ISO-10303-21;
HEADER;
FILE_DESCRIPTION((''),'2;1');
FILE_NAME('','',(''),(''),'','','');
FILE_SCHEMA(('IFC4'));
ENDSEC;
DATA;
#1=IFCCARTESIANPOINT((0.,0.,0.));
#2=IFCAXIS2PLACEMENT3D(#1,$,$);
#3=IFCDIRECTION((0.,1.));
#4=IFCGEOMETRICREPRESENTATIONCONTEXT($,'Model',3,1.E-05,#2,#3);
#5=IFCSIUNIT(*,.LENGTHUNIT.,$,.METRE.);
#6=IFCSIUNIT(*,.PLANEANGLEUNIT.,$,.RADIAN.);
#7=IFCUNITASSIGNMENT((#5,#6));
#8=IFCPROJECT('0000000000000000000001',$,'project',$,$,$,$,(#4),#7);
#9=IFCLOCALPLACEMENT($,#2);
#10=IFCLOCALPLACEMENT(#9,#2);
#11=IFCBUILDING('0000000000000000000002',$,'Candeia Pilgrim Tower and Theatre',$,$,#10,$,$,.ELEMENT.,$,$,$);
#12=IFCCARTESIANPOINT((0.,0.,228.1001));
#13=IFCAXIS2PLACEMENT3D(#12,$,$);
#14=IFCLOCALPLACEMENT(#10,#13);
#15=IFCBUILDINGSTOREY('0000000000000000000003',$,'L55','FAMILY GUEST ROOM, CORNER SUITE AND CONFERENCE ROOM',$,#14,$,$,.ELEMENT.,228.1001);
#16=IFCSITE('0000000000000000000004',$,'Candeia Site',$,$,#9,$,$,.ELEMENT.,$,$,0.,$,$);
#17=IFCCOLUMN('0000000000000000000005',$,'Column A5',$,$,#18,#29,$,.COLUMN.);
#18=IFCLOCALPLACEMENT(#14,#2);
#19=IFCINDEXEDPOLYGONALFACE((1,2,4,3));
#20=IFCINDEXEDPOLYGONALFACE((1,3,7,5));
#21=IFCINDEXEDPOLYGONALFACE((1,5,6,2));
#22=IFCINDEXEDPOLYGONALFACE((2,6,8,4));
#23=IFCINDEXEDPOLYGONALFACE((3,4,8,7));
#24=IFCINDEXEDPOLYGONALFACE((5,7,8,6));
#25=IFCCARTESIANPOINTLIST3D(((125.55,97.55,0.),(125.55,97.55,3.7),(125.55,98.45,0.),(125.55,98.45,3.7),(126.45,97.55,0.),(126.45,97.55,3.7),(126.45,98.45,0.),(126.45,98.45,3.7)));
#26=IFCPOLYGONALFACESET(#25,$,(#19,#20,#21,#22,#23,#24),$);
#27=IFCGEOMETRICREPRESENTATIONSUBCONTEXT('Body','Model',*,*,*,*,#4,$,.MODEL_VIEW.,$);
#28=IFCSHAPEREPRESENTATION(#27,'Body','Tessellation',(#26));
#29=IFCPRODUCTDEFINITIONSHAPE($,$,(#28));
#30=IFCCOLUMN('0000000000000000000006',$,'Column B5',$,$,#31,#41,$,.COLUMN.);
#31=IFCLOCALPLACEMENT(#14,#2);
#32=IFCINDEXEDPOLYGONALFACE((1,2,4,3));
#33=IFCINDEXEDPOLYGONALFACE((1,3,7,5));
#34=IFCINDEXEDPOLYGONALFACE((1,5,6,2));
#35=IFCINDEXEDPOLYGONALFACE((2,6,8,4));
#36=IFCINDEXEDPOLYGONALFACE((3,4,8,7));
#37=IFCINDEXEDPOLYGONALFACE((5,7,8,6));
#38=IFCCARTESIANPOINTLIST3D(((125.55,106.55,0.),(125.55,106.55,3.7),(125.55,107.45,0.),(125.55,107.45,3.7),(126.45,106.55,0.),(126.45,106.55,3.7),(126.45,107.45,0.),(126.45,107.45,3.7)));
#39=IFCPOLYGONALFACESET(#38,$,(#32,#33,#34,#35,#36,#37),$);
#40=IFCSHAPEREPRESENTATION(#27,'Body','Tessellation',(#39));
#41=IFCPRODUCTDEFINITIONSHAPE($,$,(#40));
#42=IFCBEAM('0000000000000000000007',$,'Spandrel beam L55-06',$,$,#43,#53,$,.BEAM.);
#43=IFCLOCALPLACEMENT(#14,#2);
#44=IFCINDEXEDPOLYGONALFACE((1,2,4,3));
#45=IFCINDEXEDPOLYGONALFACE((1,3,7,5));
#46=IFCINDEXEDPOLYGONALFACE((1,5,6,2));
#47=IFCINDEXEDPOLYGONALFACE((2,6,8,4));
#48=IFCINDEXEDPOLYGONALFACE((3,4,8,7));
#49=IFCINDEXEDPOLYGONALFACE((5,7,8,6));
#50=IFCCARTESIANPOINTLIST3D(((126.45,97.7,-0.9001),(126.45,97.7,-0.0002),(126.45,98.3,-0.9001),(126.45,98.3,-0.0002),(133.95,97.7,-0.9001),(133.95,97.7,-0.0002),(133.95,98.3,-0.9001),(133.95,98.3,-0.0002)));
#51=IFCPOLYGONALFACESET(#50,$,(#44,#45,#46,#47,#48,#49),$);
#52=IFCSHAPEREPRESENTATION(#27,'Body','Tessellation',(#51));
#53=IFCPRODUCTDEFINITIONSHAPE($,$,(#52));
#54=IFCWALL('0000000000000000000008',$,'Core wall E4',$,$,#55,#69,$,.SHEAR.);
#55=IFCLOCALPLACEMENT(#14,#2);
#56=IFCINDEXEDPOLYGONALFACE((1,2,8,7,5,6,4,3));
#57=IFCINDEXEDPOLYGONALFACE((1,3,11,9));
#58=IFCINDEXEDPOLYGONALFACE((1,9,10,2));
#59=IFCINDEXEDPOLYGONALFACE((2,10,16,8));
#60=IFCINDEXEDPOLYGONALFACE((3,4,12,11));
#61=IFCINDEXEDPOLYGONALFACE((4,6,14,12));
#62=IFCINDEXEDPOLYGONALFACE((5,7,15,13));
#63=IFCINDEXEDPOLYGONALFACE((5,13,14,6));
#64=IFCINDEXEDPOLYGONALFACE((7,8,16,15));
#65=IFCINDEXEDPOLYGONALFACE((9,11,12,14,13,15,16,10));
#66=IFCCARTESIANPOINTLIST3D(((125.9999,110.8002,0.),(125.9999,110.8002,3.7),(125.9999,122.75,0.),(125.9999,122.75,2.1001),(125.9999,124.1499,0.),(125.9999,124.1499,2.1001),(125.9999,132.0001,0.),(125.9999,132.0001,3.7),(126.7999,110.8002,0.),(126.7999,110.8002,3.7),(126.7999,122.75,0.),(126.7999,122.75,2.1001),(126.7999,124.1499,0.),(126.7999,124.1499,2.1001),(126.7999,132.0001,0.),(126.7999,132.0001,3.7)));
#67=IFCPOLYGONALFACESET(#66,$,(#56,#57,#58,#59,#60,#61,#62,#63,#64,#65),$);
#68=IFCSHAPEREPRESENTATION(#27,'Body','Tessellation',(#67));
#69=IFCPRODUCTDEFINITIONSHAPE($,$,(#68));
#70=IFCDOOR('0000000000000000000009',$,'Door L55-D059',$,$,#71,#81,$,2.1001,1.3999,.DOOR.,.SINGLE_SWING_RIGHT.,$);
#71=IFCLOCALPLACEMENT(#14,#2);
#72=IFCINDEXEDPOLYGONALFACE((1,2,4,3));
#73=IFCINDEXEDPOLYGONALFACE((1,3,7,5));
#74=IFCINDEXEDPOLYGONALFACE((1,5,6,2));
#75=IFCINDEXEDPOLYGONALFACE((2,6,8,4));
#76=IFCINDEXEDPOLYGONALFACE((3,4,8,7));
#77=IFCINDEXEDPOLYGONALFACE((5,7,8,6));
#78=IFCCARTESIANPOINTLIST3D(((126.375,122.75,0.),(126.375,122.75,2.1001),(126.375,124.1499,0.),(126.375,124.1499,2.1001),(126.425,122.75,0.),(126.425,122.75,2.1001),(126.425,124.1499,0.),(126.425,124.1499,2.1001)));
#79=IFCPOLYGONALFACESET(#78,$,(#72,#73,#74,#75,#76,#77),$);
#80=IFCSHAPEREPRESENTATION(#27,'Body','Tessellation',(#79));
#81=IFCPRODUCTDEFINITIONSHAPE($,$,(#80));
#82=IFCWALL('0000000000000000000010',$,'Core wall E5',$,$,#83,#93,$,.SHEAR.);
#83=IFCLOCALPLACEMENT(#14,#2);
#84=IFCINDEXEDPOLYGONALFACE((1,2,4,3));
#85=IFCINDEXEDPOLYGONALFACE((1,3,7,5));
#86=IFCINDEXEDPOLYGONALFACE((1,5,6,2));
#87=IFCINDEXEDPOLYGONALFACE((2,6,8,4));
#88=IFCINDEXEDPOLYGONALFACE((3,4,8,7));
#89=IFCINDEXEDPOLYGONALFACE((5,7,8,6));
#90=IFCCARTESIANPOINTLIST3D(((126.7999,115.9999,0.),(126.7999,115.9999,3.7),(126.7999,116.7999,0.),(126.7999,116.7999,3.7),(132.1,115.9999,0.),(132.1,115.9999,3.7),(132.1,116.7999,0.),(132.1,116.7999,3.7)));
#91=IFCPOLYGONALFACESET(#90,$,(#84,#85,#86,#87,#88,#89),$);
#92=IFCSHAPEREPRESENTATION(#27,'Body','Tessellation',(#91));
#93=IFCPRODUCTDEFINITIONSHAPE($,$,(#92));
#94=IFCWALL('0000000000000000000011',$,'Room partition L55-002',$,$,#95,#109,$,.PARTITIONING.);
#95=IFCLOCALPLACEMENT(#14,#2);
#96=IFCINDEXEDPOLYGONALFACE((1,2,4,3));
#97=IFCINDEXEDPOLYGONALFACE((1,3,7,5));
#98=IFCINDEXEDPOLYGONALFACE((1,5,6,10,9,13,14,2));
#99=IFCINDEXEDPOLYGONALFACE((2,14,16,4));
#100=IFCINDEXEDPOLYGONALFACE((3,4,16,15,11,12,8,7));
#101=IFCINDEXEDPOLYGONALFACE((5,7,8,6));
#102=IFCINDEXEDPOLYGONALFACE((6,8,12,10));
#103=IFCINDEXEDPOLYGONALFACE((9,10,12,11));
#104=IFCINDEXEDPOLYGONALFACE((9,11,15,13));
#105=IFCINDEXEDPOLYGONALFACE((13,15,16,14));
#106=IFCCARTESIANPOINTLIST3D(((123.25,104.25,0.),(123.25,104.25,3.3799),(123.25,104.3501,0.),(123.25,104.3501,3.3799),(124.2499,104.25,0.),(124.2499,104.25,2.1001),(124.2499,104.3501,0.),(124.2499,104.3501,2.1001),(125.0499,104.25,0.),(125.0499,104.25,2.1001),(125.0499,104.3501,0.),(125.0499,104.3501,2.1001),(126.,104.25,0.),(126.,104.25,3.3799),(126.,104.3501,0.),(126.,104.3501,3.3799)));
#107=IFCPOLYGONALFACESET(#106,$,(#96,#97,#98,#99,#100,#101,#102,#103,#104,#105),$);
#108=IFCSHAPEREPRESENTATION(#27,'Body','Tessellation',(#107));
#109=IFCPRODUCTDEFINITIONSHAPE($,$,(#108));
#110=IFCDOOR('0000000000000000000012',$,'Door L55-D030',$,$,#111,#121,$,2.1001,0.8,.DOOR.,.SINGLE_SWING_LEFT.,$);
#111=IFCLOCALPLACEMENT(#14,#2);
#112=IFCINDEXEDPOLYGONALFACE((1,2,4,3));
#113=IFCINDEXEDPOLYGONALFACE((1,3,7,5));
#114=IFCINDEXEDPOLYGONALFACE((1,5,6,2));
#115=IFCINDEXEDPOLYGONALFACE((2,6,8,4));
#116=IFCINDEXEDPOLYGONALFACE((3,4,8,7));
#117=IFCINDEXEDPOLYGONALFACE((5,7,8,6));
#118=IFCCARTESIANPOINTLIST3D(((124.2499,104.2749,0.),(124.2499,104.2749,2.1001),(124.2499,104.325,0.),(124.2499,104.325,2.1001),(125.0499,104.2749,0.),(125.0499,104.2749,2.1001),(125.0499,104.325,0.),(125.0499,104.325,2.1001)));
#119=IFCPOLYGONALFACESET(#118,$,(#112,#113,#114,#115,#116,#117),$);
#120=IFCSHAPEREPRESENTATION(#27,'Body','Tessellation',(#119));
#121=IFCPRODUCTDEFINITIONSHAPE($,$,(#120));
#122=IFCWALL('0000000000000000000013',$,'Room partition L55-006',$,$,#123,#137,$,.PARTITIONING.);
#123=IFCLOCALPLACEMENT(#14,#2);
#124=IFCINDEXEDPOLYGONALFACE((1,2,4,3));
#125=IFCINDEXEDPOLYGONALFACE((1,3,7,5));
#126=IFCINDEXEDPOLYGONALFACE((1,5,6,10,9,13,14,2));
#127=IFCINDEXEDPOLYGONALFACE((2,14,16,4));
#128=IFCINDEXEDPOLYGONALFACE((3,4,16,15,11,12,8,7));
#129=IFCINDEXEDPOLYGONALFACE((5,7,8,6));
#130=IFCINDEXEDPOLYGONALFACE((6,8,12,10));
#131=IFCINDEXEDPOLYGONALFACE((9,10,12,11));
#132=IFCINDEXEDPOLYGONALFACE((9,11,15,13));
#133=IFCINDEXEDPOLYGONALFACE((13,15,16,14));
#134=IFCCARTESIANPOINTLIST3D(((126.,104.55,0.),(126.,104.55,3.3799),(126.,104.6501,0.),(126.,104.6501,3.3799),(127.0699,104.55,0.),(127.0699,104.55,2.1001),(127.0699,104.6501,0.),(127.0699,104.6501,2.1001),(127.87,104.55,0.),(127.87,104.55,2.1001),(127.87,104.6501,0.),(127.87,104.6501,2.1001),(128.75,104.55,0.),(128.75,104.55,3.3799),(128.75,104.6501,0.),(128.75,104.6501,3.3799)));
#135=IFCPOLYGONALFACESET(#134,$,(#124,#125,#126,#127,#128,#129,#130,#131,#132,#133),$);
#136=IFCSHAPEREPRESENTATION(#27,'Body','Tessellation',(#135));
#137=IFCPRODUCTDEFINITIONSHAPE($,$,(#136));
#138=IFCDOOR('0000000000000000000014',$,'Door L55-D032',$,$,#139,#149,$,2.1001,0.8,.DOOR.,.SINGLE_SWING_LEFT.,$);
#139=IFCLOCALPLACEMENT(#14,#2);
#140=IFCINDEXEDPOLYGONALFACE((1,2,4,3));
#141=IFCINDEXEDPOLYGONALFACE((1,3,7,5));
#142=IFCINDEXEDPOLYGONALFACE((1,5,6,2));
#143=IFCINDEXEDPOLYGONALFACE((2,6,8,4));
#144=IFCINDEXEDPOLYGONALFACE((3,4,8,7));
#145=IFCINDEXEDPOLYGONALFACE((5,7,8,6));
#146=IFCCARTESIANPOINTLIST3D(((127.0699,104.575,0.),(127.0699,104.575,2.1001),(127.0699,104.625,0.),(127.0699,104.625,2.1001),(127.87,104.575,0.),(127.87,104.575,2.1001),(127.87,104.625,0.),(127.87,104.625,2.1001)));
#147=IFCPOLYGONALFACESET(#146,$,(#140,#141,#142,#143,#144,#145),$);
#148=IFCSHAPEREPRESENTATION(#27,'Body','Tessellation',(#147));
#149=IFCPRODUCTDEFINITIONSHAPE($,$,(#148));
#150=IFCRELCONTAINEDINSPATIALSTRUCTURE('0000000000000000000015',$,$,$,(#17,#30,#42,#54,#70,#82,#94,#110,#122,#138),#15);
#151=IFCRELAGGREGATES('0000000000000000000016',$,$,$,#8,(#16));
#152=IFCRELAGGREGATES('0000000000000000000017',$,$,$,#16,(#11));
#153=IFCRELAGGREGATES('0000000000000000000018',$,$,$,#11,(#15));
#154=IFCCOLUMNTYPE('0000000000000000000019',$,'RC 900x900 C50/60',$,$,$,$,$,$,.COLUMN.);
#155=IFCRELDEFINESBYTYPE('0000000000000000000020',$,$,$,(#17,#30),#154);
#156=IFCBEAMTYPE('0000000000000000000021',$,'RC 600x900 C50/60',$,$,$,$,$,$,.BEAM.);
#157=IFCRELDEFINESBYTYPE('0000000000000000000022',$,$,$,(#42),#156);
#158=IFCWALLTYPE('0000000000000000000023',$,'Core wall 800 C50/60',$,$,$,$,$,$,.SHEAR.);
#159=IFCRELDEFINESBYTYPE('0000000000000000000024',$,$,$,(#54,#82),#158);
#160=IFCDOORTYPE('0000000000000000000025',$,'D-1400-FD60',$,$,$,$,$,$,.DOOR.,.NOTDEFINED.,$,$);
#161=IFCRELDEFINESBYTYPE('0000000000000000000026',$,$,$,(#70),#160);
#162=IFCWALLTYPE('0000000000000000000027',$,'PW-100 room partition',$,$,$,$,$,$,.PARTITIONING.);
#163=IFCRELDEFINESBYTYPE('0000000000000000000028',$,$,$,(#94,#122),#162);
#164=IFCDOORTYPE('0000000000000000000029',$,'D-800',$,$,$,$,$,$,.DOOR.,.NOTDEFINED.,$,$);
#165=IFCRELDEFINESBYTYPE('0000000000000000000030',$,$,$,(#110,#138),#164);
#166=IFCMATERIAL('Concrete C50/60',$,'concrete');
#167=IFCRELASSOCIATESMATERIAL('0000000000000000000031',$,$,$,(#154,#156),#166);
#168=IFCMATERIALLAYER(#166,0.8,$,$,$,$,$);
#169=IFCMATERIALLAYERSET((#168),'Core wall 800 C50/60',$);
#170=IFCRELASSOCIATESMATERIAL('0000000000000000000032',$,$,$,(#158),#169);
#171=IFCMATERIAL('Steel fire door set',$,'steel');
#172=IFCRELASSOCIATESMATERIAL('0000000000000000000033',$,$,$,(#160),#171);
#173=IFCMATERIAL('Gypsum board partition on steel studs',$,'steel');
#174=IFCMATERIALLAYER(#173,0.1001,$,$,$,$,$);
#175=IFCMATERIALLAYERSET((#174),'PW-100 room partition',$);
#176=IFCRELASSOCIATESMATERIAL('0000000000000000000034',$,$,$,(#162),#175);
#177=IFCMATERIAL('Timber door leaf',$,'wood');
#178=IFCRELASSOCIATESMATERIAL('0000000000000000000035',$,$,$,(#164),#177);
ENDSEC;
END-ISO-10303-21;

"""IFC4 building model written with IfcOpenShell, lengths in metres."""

from ifc_helpers import new_model, si_unit, direction, frame, frame_2d, origin, origin_2d, place, context, subcontext, project, spatial, rectangle, extrude, material, layer, layer_set, material_profile, profile_set, type_object, element, fill, save


model = new_model("IFC4")

# Units and contexts
model_context = context("Model", 3, precision=1e-05, world=origin(), true_north=direction((0.0, 1.0)))
body_context = subcontext(model_context, "Body", "Model", "MODEL_VIEW")
ifc_project = project(units=[si_unit("LENGTHUNIT", "METRE"), si_unit("PLANEANGLEUNIT", "RADIAN")], contexts=[model_context])

# Site, building, storey
site_placement = place(None, origin())
site = spatial("IfcSite", under=ifc_project, at=site_placement, Name="Candeia Site", CompositionType="ELEMENT", RefElevation=0.0)
building_placement = place(site_placement, origin())
building = spatial("IfcBuilding", under=site, at=building_placement, Name="Candeia Pilgrim Tower and Theatre", CompositionType="ELEMENT")
storey_placement = place(building_placement, frame((0.0, 0.0, 228.1001)))
storey = spatial("IfcBuildingStorey", under=building, at=storey_placement, Name="L55", Description="FAMILY GUEST ROOM, CORNER SUITE AND CONFERENCE ROOM", CompositionType="ELEMENT", Elevation=228.1001)

# Columns
ifc_material_1 = material(Name="Concrete C50/60", Category="concrete")
ifc_material_profile_1 = material_profile(ifc_material_1, rectangle(XDim=0.8999, YDim=0.8999, at=origin_2d()))
ifc_profile_set_1 = profile_set([ifc_material_profile_1], Name="Concrete C50/60")
column_type = type_object("IfcColumnType", Name="RC 900x900 C50/60", PredefinedType="COLUMN", material=ifc_profile_set_1)
for number, where, z_axis, x_axis, name in (
    (1, (126.0, 98.0, 0.0), (0.0, 0.0, 1.0), (1.0, 0.0, 0.0), "Column A5"),
    (2, (126.0, 107.0, 0.0), (0.0, 0.0, 1.0), (1.0, 0.0, 0.0), "Column B5"),
):
    element("IfcColumn", number, at=place(storey_placement, frame(where, z_axis=z_axis, x_axis=x_axis)), inside=storey, type_object=column_type, Name=name, PredefinedType="COLUMN", context=body_context, shape_type="SweptSolid", body=[
        extrude(rectangle(XDim=0.8999, YDim=0.8999, at=origin_2d()), origin(), (0.0, 0.0, 1.0), 3.7),
    ])

# Beam
ifc_material_profile_2 = material_profile(ifc_material_1, rectangle(XDim=0.6001, YDim=0.8999, at=origin_2d()))
ifc_profile_set_2 = profile_set([ifc_material_profile_2], Name="Concrete C50/60")
beam_type = type_object("IfcBeamType", Name="RC 600x900 C50/60", PredefinedType="BEAM", material=ifc_profile_set_2)
beam_placement = place(storey_placement, frame((126.45, 98.0, -0.4502), z_axis=(1.0, 0.0, 0.0), x_axis=(0.0, 1.0, 0.0)))
element("IfcBeam", 3, at=beam_placement, inside=storey, type_object=beam_type, Name="Spandrel beam L55-06", PredefinedType="BEAM", context=body_context, shape_type="SweptSolid", body=[
    extrude(rectangle(XDim=0.6001, YDim=0.8999, at=origin_2d()), origin(), (0.0, 0.0, 1.0), 7.5),
])

# Wall, opening, door
ifc_layer_1 = layer(ifc_material_1, 0.8)
ifc_layer_set_1 = layer_set([ifc_layer_1], Name="Core wall 800 C50/60")
wall_type_1 = type_object("IfcWallType", Name="Core wall 800 C50/60", PredefinedType="SHEAR", material=ifc_layer_set_1)
wall_1_placement = place(storey_placement, frame((126.3999, 110.8, 0.0), z_axis=(0.0, 0.0, 1.0), x_axis=(0.0, 1.0, 0.0)))
wall_1 = element("IfcWall", 4, at=wall_1_placement, inside=storey, type_object=wall_type_1, Name="Core wall E4", PredefinedType="SHEAR", context=body_context, shape_type="SweptSolid", body=[
    extrude(rectangle(XDim=21.2, YDim=0.8, at=frame_2d((10.6001, 0.0))), origin(), (0.0, 0.0, 1.0), 3.7),
])
opening_1_placement = place(wall_1_placement, frame((11.95, 0.0, 0.0)))
opening_1 = element("IfcOpeningElement", 5, at=opening_1_placement, cuts=wall_1, PredefinedType="OPENING", context=body_context, shape_type="SweptSolid", body=[
    extrude(rectangle(XDim=1.3999, YDim=2.1001, at=frame_2d((0.7, 1.05))), frame((0.0, 0.4102, 0.0), z_axis=(0.0, -1.0, 0.0), x_axis=(1.0, 0.0, 0.0)), (0.0, 0.0, 1.0), 0.8201),
])
ifc_material_2 = material(Name="Steel fire door set", Category="steel")
door_type_1 = type_object("IfcDoorType", Name="D-1400-FD60", OperationType="NOTDEFINED", PredefinedType="DOOR", material=ifc_material_2)
door_1_placement = place(opening_1_placement, origin())
door_1 = element("IfcDoor", 6, at=door_1_placement, inside=storey, type_object=door_type_1, Name="Door L55-D059", OperationType="SINGLE_SWING_RIGHT", OverallHeight=2.1001, OverallWidth=1.3999, PredefinedType="DOOR", context=body_context, shape_type="SweptSolid", body=[
    extrude(rectangle(XDim=1.3999, YDim=2.1001, at=frame_2d((0.7, 1.05))), frame((0.0, 0.0249, 0.0), z_axis=(0.0, -1.0, 0.0), x_axis=(1.0, 0.0, 0.0)), (0.0, 0.0, 1.0), 0.05),
])
fill(opening_1, door_1)

# Wall
wall_2_placement = place(storey_placement, frame((126.8, 116.3999, 0.0), z_axis=(0.0, 0.0, 1.0), x_axis=(1.0, 0.0, 0.0)))
element("IfcWall", 7, at=wall_2_placement, inside=storey, type_object=wall_type_1, Name="Core wall E5", PredefinedType="SHEAR", context=body_context, shape_type="SweptSolid", body=[
    extrude(rectangle(XDim=5.3, YDim=0.8, at=frame_2d((2.6499, 0.0))), origin(), (0.0, 0.0, 1.0), 3.7),
])

# Walls, openings, doors
ifc_material_3 = material(Name="Gypsum board partition on steel studs", Category="steel")
ifc_layer_2 = layer(ifc_material_3, 0.1001)
ifc_layer_set_2 = layer_set([ifc_layer_2], Name="PW-100 room partition")
wall_type_2 = type_object("IfcWallType", Name="PW-100 room partition", PredefinedType="PARTITIONING", material=ifc_layer_set_2)
wall_3_placement = place(storey_placement, frame((123.25, 104.3, 0.0), z_axis=(0.0, 0.0, 1.0), x_axis=(1.0, 0.0, 0.0)))
wall_3 = element("IfcWall", 8, at=wall_3_placement, inside=storey, type_object=wall_type_2, Name="Room partition L55-002", PredefinedType="PARTITIONING", context=body_context, shape_type="SweptSolid", body=[
    extrude(rectangle(XDim=2.75, YDim=0.1001, at=frame_2d((1.375, 0.0))), origin(), (0.0, 0.0, 1.0), 3.3799),
])
opening_2_placement = place(wall_3_placement, frame((1.0, 0.0, 0.0)))
opening_2 = element("IfcOpeningElement", 9, at=opening_2_placement, cuts=wall_3, PredefinedType="OPENING", context=body_context, shape_type="SweptSolid", body=[
    extrude(rectangle(XDim=0.8, YDim=2.1001, at=frame_2d((0.3999, 1.05))), frame((0.0, 0.0601, 0.0), z_axis=(0.0, -1.0, 0.0), x_axis=(1.0, 0.0, 0.0)), (0.0, 0.0, 1.0), 0.1201),
])
ifc_material_4 = material(Name="Timber door leaf", Category="wood")
door_type_2 = type_object("IfcDoorType", Name="D-800", OperationType="NOTDEFINED", PredefinedType="DOOR", material=ifc_material_4)
door_2_placement = place(opening_2_placement, origin())
door_2 = element("IfcDoor", 10, at=door_2_placement, inside=storey, type_object=door_type_2, Name="Door L55-D030", OperationType="SINGLE_SWING_LEFT", OverallHeight=2.1001, OverallWidth=0.8, PredefinedType="DOOR", context=body_context, shape_type="SweptSolid", body=[
    extrude(rectangle(XDim=0.8, YDim=2.1001, at=frame_2d((0.3999, 1.05))), frame((0.0, 0.0249, 0.0), z_axis=(0.0, -1.0, 0.0), x_axis=(1.0, 0.0, 0.0)), (0.0, 0.0, 1.0), 0.05),
])
fill(opening_2, door_2)
wall_4_placement = place(storey_placement, frame((126.0, 104.6001, 0.0), z_axis=(0.0, 0.0, 1.0), x_axis=(1.0, 0.0, 0.0)))
wall_4 = element("IfcWall", 11, at=wall_4_placement, inside=storey, type_object=wall_type_2, Name="Room partition L55-006", PredefinedType="PARTITIONING", context=body_context, shape_type="SweptSolid", body=[
    extrude(rectangle(XDim=2.75, YDim=0.1001, at=frame_2d((1.375, 0.0))), origin(), (0.0, 0.0, 1.0), 3.3799),
])
opening_3_placement = place(wall_4_placement, frame((1.0701, 0.0, 0.0)))
opening_3 = element("IfcOpeningElement", 12, at=opening_3_placement, cuts=wall_4, PredefinedType="OPENING", context=body_context, shape_type="SweptSolid", body=[
    extrude(rectangle(XDim=0.8, YDim=2.1001, at=frame_2d((0.3999, 1.05))), frame((0.0, 0.0601, 0.0), z_axis=(0.0, -1.0, 0.0), x_axis=(1.0, 0.0, 0.0)), (0.0, 0.0, 1.0), 0.1201),
])
door_3_placement = place(opening_3_placement, origin())
door_3 = element("IfcDoor", 13, at=door_3_placement, inside=storey, type_object=door_type_2, Name="Door L55-D032", OperationType="SINGLE_SWING_LEFT", OverallHeight=2.1001, OverallWidth=0.8, PredefinedType="DOOR", context=body_context, shape_type="SweptSolid", body=[
    extrude(rectangle(XDim=0.8, YDim=2.1001, at=frame_2d((0.3999, 1.05))), frame((0.0, 0.0249, 0.0), z_axis=(0.0, -1.0, 0.0), x_axis=(1.0, 0.0, 0.0)), (0.0, 0.0, 1.0), 0.05),
])
fill(opening_3, door_3)

save(model, "model.ifc")
